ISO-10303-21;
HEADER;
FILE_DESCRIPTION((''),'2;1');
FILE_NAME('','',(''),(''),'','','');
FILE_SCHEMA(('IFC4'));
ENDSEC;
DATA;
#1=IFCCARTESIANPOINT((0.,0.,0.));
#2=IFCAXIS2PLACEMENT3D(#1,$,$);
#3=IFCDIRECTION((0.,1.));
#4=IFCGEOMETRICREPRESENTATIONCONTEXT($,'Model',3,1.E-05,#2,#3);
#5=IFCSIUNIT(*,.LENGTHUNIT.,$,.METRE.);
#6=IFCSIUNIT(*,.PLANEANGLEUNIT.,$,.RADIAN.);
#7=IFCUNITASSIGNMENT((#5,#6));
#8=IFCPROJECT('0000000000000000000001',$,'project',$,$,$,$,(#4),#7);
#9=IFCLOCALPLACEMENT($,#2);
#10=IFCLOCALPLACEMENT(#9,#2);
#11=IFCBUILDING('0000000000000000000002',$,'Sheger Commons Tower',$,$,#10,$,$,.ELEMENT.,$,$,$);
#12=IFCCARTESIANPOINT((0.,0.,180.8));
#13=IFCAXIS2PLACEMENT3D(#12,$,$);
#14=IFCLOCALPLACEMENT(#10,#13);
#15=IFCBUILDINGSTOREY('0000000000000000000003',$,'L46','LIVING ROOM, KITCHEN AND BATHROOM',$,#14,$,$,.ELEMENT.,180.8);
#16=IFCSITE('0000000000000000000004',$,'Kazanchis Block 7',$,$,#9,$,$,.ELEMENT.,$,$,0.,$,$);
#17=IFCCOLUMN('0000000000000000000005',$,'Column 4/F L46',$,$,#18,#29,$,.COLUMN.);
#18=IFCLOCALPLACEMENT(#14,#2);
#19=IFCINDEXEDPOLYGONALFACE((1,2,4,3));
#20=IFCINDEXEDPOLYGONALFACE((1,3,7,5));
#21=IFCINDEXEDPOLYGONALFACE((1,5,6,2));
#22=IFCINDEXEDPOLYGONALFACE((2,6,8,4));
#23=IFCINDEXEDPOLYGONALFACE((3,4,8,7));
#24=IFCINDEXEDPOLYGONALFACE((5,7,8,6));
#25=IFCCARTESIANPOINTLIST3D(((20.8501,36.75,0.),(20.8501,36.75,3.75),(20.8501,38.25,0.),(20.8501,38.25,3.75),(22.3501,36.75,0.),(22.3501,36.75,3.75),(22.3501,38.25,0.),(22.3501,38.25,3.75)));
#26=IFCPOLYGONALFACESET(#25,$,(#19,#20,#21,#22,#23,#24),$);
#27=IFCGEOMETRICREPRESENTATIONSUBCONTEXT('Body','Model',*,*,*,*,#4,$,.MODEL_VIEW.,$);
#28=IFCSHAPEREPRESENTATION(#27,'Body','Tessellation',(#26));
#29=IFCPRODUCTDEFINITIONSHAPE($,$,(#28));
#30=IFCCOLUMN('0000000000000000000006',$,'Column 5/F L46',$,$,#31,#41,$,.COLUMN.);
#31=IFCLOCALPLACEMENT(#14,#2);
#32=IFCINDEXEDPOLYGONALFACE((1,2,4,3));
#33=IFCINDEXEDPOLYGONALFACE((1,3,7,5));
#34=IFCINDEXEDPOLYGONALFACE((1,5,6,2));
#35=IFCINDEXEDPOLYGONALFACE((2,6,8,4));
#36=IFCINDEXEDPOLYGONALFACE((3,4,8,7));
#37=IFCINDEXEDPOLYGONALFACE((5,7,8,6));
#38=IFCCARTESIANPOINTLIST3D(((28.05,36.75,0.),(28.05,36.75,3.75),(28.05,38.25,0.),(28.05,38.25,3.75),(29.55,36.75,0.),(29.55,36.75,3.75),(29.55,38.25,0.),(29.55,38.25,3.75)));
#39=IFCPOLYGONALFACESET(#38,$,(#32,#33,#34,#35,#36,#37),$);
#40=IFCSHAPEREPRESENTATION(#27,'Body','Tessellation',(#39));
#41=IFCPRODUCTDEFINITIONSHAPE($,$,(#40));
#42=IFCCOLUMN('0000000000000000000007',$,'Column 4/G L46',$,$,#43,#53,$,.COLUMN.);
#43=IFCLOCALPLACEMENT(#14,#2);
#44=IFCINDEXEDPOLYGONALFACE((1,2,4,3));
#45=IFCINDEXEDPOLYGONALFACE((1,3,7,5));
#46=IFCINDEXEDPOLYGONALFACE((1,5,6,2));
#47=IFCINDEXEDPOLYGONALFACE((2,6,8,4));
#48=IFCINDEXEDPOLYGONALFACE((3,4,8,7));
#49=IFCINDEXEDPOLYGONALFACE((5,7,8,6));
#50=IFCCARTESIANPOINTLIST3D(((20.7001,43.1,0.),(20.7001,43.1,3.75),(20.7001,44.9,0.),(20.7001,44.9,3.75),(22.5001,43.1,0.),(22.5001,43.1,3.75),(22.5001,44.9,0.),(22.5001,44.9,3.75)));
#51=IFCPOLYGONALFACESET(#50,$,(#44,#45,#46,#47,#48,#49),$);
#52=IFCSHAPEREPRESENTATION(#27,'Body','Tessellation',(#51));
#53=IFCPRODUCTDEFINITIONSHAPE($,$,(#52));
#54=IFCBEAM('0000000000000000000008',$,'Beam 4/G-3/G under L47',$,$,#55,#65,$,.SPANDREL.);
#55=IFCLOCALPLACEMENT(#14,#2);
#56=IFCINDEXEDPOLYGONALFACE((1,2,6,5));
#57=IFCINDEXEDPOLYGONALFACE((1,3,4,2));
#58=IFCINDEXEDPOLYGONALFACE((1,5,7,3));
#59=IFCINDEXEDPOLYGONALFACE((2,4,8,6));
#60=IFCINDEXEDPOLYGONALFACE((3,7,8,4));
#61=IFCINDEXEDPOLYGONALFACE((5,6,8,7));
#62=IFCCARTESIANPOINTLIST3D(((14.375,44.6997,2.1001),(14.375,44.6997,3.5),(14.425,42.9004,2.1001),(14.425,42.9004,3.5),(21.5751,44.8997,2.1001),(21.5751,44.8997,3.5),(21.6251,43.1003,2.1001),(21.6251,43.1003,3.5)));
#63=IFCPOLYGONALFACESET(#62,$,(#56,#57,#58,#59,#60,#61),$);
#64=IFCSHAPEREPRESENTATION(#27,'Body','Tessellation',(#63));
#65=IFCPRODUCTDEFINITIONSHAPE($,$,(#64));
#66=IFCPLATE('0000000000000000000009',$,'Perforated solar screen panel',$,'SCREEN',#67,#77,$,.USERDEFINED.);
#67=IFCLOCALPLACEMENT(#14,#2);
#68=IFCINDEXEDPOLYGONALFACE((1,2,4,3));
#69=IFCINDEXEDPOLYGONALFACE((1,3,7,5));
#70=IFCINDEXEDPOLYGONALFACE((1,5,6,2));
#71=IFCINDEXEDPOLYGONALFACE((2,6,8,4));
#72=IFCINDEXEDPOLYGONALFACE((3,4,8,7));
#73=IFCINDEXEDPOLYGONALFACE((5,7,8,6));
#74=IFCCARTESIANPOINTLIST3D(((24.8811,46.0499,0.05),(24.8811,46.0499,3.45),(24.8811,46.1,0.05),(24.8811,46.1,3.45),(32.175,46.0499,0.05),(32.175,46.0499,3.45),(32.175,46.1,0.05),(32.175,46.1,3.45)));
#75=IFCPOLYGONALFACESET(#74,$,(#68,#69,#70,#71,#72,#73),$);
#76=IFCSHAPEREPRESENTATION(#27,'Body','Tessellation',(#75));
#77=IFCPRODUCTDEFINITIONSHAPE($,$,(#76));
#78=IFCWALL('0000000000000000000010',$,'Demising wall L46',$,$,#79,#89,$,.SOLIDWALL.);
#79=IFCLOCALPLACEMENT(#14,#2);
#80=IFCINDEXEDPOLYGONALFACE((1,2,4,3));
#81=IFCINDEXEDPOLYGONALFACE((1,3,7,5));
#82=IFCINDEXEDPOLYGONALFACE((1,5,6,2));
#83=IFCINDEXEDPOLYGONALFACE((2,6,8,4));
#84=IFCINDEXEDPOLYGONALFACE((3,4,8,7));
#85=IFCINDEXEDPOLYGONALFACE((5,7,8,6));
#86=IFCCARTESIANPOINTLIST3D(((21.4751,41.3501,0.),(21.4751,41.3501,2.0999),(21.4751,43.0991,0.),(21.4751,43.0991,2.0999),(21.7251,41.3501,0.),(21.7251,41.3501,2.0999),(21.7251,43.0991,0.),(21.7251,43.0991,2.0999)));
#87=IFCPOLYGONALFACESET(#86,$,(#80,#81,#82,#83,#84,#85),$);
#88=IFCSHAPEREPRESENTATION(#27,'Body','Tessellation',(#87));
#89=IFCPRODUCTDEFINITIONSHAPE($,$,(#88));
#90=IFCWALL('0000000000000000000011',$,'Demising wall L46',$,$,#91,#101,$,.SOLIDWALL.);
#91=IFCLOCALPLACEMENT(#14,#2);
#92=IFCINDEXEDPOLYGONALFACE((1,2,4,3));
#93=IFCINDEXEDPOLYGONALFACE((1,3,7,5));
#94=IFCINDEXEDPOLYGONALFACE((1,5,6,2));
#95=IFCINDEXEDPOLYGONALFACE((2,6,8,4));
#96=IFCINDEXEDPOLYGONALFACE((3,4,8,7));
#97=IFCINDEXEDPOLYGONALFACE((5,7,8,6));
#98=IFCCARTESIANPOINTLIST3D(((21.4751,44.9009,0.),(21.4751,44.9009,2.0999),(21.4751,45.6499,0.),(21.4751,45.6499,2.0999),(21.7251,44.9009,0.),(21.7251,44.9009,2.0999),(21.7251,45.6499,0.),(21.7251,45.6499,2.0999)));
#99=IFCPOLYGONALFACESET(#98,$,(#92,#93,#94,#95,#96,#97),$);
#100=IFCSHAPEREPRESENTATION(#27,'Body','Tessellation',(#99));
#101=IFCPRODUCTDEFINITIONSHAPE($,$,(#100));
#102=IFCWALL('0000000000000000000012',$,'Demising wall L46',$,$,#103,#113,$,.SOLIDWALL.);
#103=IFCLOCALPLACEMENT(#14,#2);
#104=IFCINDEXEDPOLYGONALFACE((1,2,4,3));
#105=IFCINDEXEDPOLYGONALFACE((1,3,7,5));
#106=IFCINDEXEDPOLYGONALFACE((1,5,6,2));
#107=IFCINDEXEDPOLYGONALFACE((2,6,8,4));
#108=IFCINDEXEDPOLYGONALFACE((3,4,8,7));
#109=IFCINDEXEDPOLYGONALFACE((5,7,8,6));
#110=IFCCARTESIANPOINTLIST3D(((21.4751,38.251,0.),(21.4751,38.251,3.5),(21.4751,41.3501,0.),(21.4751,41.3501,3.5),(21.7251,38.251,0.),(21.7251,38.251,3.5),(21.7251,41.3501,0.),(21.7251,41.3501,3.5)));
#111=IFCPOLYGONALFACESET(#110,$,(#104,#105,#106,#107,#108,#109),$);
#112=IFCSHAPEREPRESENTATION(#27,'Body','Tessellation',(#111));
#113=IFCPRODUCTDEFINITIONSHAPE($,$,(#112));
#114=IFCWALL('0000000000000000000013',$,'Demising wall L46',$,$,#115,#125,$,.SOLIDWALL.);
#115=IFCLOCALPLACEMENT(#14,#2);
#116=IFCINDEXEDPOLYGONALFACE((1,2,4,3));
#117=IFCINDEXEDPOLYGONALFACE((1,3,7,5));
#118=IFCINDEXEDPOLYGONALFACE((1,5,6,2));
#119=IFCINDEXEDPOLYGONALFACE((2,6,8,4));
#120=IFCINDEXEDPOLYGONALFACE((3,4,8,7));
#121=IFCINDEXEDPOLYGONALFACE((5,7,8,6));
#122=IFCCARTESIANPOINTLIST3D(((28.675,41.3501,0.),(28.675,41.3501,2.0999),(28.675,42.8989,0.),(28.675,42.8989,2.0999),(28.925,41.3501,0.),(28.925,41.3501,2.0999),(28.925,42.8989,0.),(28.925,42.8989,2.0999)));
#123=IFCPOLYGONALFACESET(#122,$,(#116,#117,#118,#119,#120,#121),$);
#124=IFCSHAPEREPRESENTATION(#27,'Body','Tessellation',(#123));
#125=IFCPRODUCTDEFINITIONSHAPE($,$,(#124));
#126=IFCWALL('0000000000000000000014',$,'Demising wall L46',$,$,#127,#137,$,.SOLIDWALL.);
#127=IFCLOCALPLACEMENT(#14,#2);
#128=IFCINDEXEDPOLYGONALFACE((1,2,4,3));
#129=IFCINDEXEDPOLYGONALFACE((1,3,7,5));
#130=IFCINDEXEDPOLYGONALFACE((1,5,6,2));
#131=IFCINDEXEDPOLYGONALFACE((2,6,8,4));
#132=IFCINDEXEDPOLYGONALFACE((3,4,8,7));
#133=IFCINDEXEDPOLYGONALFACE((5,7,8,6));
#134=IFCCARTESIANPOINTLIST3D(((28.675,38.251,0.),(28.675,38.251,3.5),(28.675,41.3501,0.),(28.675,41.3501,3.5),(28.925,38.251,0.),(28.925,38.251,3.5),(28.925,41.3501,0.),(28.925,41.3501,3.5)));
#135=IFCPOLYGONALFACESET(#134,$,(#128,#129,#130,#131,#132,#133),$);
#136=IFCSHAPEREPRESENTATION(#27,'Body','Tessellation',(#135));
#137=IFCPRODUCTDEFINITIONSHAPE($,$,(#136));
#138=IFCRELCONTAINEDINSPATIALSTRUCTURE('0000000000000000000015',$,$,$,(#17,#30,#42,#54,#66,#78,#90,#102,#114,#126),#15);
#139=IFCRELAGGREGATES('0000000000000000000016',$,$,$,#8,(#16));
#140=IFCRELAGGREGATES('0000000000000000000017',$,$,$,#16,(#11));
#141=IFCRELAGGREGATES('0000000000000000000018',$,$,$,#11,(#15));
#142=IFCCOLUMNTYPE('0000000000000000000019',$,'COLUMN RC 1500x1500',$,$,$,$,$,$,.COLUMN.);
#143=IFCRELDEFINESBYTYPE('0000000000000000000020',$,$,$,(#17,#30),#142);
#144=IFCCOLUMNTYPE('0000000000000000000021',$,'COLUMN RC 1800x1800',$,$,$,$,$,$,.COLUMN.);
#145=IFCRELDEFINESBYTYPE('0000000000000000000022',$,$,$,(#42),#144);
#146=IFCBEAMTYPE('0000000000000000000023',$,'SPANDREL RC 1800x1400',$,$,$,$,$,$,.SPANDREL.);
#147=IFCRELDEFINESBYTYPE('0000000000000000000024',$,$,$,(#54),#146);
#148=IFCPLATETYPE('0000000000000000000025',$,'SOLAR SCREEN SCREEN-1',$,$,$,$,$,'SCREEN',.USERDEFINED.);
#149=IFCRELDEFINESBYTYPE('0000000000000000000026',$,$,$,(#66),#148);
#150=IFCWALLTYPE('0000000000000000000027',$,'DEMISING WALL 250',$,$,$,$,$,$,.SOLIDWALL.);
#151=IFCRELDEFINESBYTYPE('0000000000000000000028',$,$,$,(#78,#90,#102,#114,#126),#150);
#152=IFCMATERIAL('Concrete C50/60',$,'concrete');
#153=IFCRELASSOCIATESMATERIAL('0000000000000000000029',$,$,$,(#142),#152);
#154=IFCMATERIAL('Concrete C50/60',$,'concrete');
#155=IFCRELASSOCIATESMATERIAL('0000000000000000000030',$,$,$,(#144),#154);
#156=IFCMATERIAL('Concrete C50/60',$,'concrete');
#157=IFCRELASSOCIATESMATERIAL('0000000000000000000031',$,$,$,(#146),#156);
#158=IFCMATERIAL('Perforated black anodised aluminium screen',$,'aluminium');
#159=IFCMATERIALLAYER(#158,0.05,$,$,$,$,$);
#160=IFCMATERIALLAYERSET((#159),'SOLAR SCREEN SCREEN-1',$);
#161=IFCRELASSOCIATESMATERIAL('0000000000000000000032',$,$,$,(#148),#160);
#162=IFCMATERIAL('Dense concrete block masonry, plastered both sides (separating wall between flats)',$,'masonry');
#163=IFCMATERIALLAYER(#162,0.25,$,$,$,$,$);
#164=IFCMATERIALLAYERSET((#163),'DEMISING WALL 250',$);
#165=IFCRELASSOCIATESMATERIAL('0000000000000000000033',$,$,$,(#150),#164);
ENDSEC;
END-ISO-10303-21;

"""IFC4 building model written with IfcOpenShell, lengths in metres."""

from ifc_helpers import new_model, si_unit, direction, frame, frame_2d, origin, origin_2d, place, context, subcontext, project, spatial, rectangle, extrude, material, layer, layer_set, material_profile, profile_set, type_object, element, save


model = new_model("IFC4")

# Units and contexts
model_context = context("Model", 3, precision=1e-05, world=origin(), true_north=direction((0.0, 1.0)))
body_context = subcontext(model_context, "Body", "Model", "MODEL_VIEW")
ifc_project = project(units=[si_unit("LENGTHUNIT", "METRE"), si_unit("PLANEANGLEUNIT", "RADIAN")], contexts=[model_context])

# Site, building, storey
site_placement = place(None, origin())
site = spatial("IfcSite", under=ifc_project, at=site_placement, Name="Kazanchis Block 7", CompositionType="ELEMENT", RefElevation=0.0)
building_placement = place(site_placement, origin())
building = spatial("IfcBuilding", under=site, at=building_placement, Name="Sheger Commons Tower", CompositionType="ELEMENT")
storey_placement = place(building_placement, frame((0.0, 0.0, 180.8)))
storey = spatial("IfcBuildingStorey", under=building, at=storey_placement, Name="L46", Description="LIVING ROOM, KITCHEN AND BATHROOM", CompositionType="ELEMENT", Elevation=180.8)

# Columns
ifc_material_1 = material(Name="Concrete C50/60", Category="concrete")
ifc_material_profile_1 = material_profile(ifc_material_1, rectangle(XDim=1.5, YDim=1.5, at=origin_2d()), Name="RC 1500x1500")
ifc_profile_set_1 = profile_set([ifc_material_profile_1], Name="Concrete C50/60")
column_type_1 = type_object("IfcColumnType", Name="COLUMN RC 1500x1500", PredefinedType="COLUMN", material=ifc_profile_set_1)
for number, where, z_axis, x_axis, name in (
    (1, (21.6001, 37.5, 0.0), (0.0, 0.0, 1.0), (1.0, 0.0, 0.0), "Column 4/F L46"),
    (2, (28.8, 37.5, 0.0), (0.0, 0.0, 1.0), (1.0, 0.0, 0.0), "Column 5/F L46"),
):
    element("IfcColumn", number, at=place(storey_placement, frame(where, z_axis=z_axis, x_axis=x_axis)), inside=storey, type_object=column_type_1, Name=name, PredefinedType="COLUMN", context=body_context, shape_type="SweptSolid", body=[
        extrude(rectangle(XDim=1.5, YDim=1.5, at=origin_2d()), origin(), (0.0, 0.0, 1.0), 3.75),
    ])
ifc_material_2 = material(Name="Concrete C50/60", Category="concrete")
ifc_material_profile_2 = material_profile(ifc_material_2, rectangle(XDim=1.8, YDim=1.8, at=origin_2d()), Name="RC 1800x1800")
ifc_profile_set_2 = profile_set([ifc_material_profile_2], Name="Concrete C50/60")
column_type_2 = type_object("IfcColumnType", Name="COLUMN RC 1800x1800", PredefinedType="COLUMN", material=ifc_profile_set_2)
column_placement = place(storey_placement, frame((21.6001, 44.0, 0.0), z_axis=(0.0, 0.0, 1.0), x_axis=(1.0, 0.0, 0.0)))
element("IfcColumn", 3, at=column_placement, inside=storey, type_object=column_type_2, Name="Column 4/G L46", PredefinedType="COLUMN", context=body_context, shape_type="SweptSolid", body=[
    extrude(rectangle(XDim=1.8, YDim=1.8, at=origin_2d()), origin(), (0.0, 0.0, 1.0), 3.75),
])

# Beam
ifc_material_3 = material(Name="Concrete C50/60", Category="concrete")
ifc_material_profile_3 = material_profile(ifc_material_3, rectangle(XDim=1.8, YDim=1.3999, at=origin_2d()), Name="RC 1800x1400")
ifc_profile_set_3 = profile_set([ifc_material_profile_3], Name="Concrete C50/60")
beam_type = type_object("IfcBeamType", Name="SPANDREL RC 1800x1400", PredefinedType="SPANDREL", material=ifc_profile_set_3)
beam_placement = place(storey_placement, frame((21.6001, 44.0, 2.8), z_axis=(-0.999615, -0.02776, 0.0), x_axis=(0.02776, -0.999615, 0.0)))
element("IfcBeam", 4, at=beam_placement, inside=storey, type_object=beam_type, Name="Beam 4/G-3/G under L47", PredefinedType="SPANDREL", context=body_context, shape_type="SweptSolid", body=[
    extrude(rectangle(XDim=1.8, YDim=1.3999, at=origin_2d()), origin(), (0.0, 0.0, 1.0), 7.2029),
])

# Plate
ifc_material_4 = material(Name="Perforated black anodised aluminium screen", Category="aluminium")
ifc_layer_1 = layer(ifc_material_4, 0.05)
ifc_layer_set_1 = layer_set([ifc_layer_1], Name="SOLAR SCREEN SCREEN-1")
plate_type = type_object("IfcPlateType", Name="SOLAR SCREEN SCREEN-1", ElementType="SCREEN", PredefinedType="USERDEFINED", material=ifc_layer_set_1)
plate_placement = place(storey_placement, frame((28.5281, 46.075, 0.05), z_axis=(0.0, 0.0, 1.0), x_axis=(-1.0, 0.0, 0.0)))
element("IfcPlate", 5, at=plate_placement, inside=storey, type_object=plate_type, Name="Perforated solar screen panel", ObjectType="SCREEN", PredefinedType="USERDEFINED", context=body_context, shape_type="SweptSolid", body=[
    extrude(rectangle(XDim=7.2939, YDim=0.05, at=origin_2d()), origin(), (0.0, 0.0, 1.0), 3.3999),
])

# Walls
ifc_material_5 = material(Name="Dense concrete block masonry, plastered both sides (separating wall between flats)", Category="masonry")
ifc_layer_2 = layer(ifc_material_5, 0.25)
ifc_layer_set_2 = layer_set([ifc_layer_2], Name="DEMISING WALL 250")
wall_type_1 = type_object("IfcWallType", Name="DEMISING WALL 250", PredefinedType="SOLIDWALL", material=ifc_layer_set_2)
wall_1_placement = place(storey_placement, frame((21.6001, 41.3501, 0.0), z_axis=(0.0, 0.0, 1.0), x_axis=(0.0, 1.0, 0.0)))
element("IfcWall", 6, at=wall_1_placement, inside=storey, type_object=wall_type_1, Name="Demising wall L46", PredefinedType="SOLIDWALL", context=body_context, shape_type="SweptSolid", body=[
    extrude(rectangle(XDim=1.749, YDim=0.25, at=frame_2d((0.8745, 0.0))), origin(), (0.0, 0.0, 1.0), 2.0999),
])
wall_2_placement = place(storey_placement, frame((21.6001, 44.9009, 0.0), z_axis=(0.0, 0.0, 1.0), x_axis=(0.0, 1.0, 0.0)))
element("IfcWall", 7, at=wall_2_placement, inside=storey, type_object=wall_type_1, Name="Demising wall L46", PredefinedType="SOLIDWALL", context=body_context, shape_type="SweptSolid", body=[
    extrude(rectangle(XDim=0.749, YDim=0.25, at=frame_2d((0.3745, 0.0))), origin(), (0.0, 0.0, 1.0), 2.0999),
])
wall_3_placement = place(storey_placement, frame((21.6001, 38.251, 0.0), z_axis=(0.0, 0.0, 1.0), x_axis=(0.0, 1.0, 0.0)))
element("IfcWall", 8, at=wall_3_placement, inside=storey, type_object=wall_type_1, Name="Demising wall L46", PredefinedType="SOLIDWALL", context=body_context, shape_type="SweptSolid", body=[
    extrude(rectangle(XDim=3.0991, YDim=0.25, at=frame_2d((1.5496, 0.0))), origin(), (0.0, 0.0, 1.0), 3.5),
])
wall_4_placement = place(storey_placement, frame((28.8, 41.3501, 0.0), z_axis=(0.0, 0.0, 1.0), x_axis=(0.0, 1.0, 0.0)))
element("IfcWall", 9, at=wall_4_placement, inside=storey, type_object=wall_type_1, Name="Demising wall L46", PredefinedType="SOLIDWALL", context=body_context, shape_type="SweptSolid", body=[
    extrude(rectangle(XDim=1.5488, YDim=0.25, at=frame_2d((0.7744, 0.0))), origin(), (0.0, 0.0, 1.0), 2.0999),
])
wall_5_placement = place(storey_placement, frame((28.8, 38.251, 0.0), z_axis=(0.0, 0.0, 1.0), x_axis=(0.0, 1.0, 0.0)))
element("IfcWall", 10, at=wall_5_placement, inside=storey, type_object=wall_type_1, Name="Demising wall L46", PredefinedType="SOLIDWALL", context=body_context, shape_type="SweptSolid", body=[
    extrude(rectangle(XDim=3.0991, YDim=0.25, at=frame_2d((1.5496, 0.0))), origin(), (0.0, 0.0, 1.0), 3.5),
])

save(model, "model.ifc")
